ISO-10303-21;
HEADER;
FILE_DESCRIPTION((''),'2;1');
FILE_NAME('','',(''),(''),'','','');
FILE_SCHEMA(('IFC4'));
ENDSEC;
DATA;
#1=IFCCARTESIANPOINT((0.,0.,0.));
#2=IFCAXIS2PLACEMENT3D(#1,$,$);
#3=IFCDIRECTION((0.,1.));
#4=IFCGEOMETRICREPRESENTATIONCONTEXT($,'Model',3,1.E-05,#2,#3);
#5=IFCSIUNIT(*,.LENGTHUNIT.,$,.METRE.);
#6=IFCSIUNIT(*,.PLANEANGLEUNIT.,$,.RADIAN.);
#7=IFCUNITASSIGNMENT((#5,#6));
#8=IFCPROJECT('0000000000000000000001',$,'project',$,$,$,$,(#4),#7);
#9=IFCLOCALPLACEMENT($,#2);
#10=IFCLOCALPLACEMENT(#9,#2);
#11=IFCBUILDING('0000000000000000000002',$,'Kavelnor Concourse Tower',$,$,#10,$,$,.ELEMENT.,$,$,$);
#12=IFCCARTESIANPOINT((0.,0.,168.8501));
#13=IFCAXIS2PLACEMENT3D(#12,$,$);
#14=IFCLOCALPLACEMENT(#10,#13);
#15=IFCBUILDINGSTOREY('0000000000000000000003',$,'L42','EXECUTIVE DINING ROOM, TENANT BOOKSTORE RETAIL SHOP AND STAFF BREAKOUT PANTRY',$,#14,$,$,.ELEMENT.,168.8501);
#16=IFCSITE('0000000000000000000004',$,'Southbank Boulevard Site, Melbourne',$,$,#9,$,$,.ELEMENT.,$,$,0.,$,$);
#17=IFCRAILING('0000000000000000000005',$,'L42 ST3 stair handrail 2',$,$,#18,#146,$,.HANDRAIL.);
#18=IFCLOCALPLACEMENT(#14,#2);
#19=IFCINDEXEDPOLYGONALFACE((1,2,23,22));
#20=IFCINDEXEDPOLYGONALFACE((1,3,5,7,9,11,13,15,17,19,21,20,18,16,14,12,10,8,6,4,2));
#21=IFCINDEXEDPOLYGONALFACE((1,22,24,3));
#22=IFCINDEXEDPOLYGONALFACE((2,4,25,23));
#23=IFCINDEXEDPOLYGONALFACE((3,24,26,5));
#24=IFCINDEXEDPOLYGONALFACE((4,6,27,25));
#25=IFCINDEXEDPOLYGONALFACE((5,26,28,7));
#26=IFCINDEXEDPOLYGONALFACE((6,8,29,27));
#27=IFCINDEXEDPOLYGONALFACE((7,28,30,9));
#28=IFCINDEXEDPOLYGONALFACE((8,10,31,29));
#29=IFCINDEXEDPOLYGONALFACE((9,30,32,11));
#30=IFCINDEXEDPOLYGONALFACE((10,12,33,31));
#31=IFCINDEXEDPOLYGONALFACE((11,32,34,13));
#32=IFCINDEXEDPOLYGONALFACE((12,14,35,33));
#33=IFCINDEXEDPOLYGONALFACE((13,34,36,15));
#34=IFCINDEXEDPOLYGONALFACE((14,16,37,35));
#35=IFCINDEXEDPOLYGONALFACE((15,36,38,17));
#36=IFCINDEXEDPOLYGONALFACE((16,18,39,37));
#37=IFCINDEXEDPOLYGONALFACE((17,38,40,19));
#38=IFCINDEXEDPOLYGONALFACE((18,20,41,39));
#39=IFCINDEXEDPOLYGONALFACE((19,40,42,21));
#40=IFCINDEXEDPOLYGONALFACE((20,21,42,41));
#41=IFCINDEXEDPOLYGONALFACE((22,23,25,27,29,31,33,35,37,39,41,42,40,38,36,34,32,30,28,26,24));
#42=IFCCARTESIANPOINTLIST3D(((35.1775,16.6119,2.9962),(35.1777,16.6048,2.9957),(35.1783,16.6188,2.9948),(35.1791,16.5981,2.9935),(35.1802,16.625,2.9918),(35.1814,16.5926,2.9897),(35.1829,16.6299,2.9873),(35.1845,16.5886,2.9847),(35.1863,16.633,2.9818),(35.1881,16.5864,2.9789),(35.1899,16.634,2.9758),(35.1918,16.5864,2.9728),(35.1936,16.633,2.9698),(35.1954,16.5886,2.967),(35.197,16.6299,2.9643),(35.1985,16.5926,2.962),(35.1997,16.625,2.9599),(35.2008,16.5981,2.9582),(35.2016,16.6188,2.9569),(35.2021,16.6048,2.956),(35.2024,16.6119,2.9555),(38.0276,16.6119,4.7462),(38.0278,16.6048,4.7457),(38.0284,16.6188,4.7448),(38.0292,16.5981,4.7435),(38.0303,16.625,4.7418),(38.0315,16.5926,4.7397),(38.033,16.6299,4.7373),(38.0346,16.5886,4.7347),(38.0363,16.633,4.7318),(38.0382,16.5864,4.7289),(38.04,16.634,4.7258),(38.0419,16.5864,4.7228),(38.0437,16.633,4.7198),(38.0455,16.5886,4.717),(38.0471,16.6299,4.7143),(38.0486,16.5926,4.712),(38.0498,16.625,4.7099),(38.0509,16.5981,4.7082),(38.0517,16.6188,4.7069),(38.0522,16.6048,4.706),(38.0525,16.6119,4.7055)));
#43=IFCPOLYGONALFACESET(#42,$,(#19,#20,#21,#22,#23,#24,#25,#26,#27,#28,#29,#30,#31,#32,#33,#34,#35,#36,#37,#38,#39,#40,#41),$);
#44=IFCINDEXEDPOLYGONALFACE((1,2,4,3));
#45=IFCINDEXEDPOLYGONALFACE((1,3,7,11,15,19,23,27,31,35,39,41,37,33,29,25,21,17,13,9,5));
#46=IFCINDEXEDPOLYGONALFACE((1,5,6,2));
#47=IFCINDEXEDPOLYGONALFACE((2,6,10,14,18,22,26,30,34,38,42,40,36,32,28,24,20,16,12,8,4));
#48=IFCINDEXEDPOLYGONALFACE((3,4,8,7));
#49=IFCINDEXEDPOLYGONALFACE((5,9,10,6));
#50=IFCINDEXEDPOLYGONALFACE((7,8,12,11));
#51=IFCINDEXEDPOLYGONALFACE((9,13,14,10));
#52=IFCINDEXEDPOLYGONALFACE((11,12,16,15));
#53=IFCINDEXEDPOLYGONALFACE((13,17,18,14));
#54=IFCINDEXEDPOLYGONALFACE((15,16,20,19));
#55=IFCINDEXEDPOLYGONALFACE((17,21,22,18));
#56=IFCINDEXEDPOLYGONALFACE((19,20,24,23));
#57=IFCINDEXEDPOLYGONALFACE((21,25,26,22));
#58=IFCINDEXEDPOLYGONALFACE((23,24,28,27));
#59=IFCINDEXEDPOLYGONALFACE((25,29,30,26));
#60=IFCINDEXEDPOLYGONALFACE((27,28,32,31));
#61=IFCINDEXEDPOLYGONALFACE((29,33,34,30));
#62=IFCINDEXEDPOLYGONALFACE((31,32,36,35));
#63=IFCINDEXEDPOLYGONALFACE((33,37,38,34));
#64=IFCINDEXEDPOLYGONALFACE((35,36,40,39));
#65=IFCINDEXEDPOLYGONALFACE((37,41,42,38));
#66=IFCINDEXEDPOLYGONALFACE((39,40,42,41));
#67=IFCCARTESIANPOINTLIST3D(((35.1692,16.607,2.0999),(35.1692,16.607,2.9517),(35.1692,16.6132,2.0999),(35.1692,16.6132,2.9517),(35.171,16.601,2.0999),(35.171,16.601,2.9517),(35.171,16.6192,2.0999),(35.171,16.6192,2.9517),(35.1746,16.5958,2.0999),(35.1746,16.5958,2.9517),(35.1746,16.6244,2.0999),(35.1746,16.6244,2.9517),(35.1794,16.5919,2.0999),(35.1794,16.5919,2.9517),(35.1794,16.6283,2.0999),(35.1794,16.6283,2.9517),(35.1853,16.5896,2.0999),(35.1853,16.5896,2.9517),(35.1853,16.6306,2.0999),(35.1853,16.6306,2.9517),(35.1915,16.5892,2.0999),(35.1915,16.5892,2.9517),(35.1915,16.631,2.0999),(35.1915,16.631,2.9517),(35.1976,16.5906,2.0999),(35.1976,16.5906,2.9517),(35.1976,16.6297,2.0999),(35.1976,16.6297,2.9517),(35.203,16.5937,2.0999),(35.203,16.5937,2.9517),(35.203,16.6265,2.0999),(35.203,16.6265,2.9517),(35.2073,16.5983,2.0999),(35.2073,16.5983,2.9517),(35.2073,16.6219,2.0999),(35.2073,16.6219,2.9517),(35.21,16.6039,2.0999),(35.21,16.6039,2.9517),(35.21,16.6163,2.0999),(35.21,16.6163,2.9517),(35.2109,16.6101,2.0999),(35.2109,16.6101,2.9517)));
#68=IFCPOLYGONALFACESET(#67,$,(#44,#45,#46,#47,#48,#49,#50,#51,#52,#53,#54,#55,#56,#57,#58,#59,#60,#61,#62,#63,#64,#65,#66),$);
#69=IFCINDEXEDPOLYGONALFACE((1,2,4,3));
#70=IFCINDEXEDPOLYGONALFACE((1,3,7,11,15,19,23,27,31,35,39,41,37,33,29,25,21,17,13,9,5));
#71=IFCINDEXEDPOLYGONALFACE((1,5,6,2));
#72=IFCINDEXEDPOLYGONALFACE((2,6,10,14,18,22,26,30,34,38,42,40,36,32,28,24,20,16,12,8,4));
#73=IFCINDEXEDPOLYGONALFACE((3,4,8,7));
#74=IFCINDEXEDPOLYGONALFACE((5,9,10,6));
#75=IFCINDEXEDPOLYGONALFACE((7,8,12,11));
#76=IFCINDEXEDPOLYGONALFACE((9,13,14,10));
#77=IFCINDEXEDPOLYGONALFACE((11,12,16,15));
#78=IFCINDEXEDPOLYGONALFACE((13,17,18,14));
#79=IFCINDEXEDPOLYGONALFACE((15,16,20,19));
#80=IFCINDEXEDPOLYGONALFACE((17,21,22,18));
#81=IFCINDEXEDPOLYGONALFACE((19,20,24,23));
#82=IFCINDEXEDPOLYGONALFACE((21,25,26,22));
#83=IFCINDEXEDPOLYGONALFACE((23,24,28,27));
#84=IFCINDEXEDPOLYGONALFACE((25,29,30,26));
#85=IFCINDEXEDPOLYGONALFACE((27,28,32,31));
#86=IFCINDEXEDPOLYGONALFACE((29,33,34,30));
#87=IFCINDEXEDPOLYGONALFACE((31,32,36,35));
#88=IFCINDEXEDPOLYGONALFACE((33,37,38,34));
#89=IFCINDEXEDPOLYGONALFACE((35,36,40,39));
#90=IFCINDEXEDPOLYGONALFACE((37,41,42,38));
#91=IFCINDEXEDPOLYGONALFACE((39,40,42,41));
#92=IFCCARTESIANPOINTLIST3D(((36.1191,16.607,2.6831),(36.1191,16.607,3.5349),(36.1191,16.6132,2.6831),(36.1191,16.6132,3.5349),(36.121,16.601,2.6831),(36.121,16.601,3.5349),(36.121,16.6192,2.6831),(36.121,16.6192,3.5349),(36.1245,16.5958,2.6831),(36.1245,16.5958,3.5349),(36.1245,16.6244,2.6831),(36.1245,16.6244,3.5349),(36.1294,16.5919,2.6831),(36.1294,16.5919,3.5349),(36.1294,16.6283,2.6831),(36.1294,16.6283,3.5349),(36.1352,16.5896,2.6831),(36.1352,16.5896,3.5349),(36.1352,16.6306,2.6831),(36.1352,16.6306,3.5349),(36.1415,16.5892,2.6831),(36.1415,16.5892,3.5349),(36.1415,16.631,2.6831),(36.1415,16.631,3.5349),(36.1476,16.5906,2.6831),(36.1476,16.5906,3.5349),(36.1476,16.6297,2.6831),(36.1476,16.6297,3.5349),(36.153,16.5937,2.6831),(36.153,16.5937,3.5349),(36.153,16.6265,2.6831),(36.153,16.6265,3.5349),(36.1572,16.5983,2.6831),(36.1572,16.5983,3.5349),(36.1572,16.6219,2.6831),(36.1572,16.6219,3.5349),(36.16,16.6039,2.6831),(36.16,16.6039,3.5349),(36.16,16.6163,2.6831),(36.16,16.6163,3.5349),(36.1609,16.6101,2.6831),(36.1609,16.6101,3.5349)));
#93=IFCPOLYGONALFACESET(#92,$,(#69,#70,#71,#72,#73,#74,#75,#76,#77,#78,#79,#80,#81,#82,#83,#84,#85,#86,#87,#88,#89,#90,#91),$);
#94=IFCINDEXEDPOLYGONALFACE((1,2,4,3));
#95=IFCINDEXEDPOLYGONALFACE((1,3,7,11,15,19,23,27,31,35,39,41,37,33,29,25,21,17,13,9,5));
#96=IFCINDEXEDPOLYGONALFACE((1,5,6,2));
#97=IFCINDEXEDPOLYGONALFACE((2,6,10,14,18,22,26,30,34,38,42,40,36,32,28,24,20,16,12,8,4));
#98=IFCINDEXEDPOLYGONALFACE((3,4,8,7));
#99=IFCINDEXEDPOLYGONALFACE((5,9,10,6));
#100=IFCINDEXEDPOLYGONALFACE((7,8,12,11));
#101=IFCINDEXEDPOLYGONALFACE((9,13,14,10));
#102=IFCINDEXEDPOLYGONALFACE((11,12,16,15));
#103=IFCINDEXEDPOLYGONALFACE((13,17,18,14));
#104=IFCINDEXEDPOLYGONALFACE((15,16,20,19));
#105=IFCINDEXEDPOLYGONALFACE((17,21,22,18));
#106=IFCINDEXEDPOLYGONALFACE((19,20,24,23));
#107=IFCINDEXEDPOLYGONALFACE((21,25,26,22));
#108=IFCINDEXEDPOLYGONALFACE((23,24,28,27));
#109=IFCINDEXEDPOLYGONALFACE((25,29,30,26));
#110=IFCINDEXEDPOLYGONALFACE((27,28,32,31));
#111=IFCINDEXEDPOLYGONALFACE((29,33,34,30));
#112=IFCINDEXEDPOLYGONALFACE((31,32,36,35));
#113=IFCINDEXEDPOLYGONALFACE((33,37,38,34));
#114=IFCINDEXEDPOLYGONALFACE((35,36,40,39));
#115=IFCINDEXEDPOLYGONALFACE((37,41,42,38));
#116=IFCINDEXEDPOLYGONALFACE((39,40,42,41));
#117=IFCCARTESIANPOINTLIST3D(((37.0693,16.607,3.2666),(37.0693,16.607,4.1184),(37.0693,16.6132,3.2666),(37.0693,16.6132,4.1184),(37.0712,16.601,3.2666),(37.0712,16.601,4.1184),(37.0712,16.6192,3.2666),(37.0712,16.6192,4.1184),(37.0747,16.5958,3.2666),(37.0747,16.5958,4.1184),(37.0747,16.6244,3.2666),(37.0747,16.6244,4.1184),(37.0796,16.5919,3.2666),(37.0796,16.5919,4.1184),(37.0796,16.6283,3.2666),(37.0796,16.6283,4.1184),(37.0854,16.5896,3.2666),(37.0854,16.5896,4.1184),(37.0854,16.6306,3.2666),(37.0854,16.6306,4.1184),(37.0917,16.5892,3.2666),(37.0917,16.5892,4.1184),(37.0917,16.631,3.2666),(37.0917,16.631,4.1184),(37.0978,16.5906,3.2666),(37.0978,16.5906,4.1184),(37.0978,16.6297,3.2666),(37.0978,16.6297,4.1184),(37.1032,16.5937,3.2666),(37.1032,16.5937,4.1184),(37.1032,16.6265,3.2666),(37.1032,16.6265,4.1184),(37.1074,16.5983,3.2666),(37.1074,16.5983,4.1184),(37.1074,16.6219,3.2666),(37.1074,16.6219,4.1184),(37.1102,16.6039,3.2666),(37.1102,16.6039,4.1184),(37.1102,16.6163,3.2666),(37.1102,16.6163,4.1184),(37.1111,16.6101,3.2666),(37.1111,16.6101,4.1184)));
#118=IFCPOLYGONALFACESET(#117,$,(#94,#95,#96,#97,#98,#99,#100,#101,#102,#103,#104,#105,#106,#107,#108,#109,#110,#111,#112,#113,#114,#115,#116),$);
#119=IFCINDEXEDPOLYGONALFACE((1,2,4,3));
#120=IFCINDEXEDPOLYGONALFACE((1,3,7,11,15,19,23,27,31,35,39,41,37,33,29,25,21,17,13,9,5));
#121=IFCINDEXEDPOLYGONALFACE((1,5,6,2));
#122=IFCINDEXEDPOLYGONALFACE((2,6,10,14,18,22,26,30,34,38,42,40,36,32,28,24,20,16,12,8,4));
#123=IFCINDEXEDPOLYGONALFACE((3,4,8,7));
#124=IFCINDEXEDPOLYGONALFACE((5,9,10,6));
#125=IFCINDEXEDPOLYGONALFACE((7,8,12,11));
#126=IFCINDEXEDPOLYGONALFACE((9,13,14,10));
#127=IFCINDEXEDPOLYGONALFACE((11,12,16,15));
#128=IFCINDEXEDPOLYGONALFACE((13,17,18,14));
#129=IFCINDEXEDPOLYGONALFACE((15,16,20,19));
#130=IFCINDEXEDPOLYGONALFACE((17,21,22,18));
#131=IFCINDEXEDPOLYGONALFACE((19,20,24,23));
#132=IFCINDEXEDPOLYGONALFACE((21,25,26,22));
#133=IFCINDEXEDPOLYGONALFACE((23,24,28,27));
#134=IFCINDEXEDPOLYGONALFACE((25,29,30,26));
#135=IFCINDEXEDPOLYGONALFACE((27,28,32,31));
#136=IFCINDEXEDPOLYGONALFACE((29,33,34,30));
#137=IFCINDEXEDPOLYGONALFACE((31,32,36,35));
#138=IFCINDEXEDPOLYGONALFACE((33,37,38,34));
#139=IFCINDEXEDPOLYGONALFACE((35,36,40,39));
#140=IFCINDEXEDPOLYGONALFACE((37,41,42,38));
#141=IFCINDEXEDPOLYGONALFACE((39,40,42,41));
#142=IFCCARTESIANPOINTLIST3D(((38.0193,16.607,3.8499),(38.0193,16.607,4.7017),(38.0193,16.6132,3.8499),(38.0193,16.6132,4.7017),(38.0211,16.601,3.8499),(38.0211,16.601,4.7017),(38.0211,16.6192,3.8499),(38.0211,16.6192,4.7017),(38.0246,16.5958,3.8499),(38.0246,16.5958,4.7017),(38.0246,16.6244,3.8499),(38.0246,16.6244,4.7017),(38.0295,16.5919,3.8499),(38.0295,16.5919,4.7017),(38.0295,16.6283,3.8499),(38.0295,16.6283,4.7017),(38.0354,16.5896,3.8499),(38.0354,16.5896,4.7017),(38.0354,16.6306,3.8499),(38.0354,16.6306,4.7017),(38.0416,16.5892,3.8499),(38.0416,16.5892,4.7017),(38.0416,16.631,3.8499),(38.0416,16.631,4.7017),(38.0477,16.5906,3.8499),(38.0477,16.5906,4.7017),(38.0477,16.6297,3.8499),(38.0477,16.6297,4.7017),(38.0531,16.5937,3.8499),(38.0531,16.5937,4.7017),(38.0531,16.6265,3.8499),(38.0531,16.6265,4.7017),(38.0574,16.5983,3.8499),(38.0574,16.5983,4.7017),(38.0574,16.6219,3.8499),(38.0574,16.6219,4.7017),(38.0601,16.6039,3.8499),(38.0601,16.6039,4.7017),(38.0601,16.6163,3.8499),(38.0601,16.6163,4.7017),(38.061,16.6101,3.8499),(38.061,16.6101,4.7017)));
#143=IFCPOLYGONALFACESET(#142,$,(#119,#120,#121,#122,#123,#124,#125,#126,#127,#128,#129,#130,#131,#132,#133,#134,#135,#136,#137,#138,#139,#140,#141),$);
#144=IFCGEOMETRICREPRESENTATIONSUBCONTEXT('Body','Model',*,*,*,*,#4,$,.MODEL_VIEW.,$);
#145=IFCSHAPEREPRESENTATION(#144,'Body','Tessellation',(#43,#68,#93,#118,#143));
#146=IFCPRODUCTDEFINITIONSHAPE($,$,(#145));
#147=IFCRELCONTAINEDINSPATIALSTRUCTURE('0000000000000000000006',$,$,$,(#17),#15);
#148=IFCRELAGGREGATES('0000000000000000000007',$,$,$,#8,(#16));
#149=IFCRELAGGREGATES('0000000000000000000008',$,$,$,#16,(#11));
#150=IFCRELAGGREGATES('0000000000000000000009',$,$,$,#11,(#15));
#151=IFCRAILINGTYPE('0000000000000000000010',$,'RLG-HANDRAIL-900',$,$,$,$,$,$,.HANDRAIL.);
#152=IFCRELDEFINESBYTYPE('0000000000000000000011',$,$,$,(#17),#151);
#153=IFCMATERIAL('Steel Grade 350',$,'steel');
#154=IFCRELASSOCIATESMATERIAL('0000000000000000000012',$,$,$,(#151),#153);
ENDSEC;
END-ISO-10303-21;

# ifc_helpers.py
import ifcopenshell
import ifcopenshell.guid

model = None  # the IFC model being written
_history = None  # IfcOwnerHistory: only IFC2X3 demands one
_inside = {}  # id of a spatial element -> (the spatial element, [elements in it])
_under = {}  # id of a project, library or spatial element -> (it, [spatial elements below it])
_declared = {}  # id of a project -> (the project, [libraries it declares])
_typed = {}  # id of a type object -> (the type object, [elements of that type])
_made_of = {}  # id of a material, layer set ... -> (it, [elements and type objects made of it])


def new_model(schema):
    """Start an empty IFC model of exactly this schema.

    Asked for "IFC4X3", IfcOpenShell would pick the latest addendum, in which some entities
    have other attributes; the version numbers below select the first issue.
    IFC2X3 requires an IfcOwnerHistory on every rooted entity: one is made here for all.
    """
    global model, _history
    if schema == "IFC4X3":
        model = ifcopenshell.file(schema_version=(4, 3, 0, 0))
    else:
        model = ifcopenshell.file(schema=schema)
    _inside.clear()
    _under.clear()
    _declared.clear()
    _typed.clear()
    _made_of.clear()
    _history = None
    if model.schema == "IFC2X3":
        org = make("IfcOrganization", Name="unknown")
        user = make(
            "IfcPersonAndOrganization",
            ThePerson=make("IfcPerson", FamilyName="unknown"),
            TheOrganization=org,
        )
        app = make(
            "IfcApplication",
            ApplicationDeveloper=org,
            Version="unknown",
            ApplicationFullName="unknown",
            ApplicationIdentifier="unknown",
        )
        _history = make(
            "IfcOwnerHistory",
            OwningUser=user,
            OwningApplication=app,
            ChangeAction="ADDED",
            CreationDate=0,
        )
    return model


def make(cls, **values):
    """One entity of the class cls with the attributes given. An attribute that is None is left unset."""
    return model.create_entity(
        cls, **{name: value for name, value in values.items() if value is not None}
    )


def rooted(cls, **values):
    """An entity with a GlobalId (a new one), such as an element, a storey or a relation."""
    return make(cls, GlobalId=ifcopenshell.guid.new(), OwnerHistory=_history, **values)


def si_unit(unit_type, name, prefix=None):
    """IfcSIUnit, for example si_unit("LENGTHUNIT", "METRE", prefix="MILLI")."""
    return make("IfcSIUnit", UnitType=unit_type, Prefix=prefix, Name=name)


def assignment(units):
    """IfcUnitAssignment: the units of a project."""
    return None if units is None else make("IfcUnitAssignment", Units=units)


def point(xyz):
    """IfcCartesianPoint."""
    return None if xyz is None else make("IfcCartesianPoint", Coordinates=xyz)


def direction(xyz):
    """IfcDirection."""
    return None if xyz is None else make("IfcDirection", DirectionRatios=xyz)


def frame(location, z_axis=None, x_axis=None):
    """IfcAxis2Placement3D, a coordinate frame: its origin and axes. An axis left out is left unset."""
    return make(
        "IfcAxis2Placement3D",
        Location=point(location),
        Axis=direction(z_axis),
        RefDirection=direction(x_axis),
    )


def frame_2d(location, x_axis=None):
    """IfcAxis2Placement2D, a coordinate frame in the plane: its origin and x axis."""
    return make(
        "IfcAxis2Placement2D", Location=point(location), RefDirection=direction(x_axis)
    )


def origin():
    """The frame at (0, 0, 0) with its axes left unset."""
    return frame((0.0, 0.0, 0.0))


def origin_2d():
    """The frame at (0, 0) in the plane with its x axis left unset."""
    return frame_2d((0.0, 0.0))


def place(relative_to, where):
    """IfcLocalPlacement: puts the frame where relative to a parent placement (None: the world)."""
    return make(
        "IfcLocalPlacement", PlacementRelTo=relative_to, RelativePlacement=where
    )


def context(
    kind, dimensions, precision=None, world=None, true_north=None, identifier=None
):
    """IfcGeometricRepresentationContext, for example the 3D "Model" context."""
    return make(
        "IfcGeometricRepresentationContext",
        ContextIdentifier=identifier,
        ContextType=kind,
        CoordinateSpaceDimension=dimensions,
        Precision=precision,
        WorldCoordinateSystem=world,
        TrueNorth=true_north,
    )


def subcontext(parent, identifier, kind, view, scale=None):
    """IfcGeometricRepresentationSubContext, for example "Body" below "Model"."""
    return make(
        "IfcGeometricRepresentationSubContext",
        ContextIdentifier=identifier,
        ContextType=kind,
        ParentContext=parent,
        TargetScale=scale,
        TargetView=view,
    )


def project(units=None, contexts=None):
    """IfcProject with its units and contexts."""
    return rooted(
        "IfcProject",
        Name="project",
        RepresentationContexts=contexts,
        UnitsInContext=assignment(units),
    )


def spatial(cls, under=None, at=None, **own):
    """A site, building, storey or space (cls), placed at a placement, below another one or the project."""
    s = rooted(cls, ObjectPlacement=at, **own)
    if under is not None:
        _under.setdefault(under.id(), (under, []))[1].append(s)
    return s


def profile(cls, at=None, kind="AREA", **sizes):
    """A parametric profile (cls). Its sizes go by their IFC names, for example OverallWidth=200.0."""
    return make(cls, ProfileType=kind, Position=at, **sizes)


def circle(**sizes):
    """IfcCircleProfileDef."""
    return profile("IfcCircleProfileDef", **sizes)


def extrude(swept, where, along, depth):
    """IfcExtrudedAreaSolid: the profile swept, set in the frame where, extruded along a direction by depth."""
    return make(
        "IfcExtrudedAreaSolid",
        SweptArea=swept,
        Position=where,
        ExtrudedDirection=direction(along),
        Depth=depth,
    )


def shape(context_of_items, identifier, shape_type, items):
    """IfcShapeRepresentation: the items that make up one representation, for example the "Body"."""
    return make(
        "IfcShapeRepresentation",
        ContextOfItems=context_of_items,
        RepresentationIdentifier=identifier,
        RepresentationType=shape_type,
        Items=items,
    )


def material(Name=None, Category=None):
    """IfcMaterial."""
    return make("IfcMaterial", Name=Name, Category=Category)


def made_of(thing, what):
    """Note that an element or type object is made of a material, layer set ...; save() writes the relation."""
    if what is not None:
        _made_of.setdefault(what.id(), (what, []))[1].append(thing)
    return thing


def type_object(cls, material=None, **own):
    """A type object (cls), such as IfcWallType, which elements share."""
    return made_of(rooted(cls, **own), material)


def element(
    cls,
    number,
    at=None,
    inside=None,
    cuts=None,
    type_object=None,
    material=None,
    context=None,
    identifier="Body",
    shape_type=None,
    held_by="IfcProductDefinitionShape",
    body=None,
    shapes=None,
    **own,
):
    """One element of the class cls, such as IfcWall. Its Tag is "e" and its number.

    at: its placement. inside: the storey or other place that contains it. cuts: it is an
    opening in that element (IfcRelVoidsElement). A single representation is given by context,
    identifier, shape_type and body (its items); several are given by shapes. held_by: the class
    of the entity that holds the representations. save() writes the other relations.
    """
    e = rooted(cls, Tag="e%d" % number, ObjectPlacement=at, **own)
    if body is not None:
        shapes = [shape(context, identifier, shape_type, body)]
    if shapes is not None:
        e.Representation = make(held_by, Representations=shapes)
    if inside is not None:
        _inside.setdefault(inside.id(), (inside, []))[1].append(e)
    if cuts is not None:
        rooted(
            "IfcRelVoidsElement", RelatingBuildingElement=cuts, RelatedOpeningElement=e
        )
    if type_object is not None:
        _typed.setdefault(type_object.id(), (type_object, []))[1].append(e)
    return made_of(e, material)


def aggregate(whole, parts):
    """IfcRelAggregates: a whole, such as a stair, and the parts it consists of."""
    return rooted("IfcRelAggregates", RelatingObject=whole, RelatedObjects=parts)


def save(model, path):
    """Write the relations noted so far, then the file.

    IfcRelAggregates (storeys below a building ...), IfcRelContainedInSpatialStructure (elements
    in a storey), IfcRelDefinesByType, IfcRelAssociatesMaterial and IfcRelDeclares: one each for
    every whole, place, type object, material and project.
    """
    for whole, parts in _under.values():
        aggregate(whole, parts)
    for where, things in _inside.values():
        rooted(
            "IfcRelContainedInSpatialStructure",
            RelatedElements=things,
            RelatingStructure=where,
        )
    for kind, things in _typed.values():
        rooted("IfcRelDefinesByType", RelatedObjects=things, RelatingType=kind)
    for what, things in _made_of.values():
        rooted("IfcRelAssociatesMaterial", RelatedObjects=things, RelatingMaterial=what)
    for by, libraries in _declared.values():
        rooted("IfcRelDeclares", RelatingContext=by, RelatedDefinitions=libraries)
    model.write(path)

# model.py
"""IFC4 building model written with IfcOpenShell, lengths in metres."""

from ifc_helpers import new_model, si_unit, direction, frame, origin, origin_2d, place, context, subcontext, project, spatial, circle, extrude, material, type_object, element, save


model = new_model("IFC4")

# Units and contexts
model_context = context("Model", 3, precision=1e-05, world=origin(), true_north=direction((0.0, 1.0)))
body_context = subcontext(model_context, "Body", "Model", "MODEL_VIEW")
ifc_project = project(units=[si_unit("LENGTHUNIT", "METRE"), si_unit("PLANEANGLEUNIT", "RADIAN")], contexts=[model_context])

# Site, building, storey
site_placement = place(None, origin())
site = spatial("IfcSite", under=ifc_project, at=site_placement, Name="Southbank Boulevard Site, Melbourne", CompositionType="ELEMENT", RefElevation=0.0)
building_placement = place(site_placement, origin())
building = spatial("IfcBuilding", under=site, at=building_placement, Name="Kavelnor Concourse Tower", CompositionType="ELEMENT")
storey_placement = place(building_placement, frame((0.0, 0.0, 168.8501)))
storey = spatial("IfcBuildingStorey", under=building, at=storey_placement, Name="L42", Description="EXECUTIVE DINING ROOM, TENANT BOOKSTORE RETAIL SHOP AND STAFF BREAKOUT PANTRY", CompositionType="ELEMENT", Elevation=168.8501)

# Shared definitions
ifc_material_1 = material(Name="Steel Grade 350", Category="steel")

# Railing
railing_type_1 = type_object("IfcRailingType", Name="RLG-HANDRAIL-900", PredefinedType="HANDRAIL", material=ifc_material_1)
railing_1_placement = place(storey_placement, frame((35.1899, 16.6101, 2.0999)))
element("IfcRailing", 1, at=railing_1_placement, inside=storey, type_object=railing_type_1, Name="L42 ST3 stair handrail 2", PredefinedType="HANDRAIL", context=body_context, shape_type="SweptSolid", body=[
    extrude(circle(Radius=0.0239, at=origin_2d()), frame((0.0, 0.0, 0.876), z_axis=(0.852179, 0.0, 0.52325), x_axis=(0.0, 1.0, 0.0)), (0.0, 0.0, 1.0), 3.3445),
    extrude(circle(Radius=0.021, at=origin_2d()), origin(), (0.0, 0.0, 1.0), 0.8518),
    extrude(circle(Radius=0.021, at=origin_2d()), frame((0.95, 0.0, 0.5833)), (0.0, 0.0, 1.0), 0.8518),
    extrude(circle(Radius=0.021, at=origin_2d()), frame((1.9001, 0.0, 1.1667)), (0.0, 0.0, 1.0), 0.8518),
    extrude(circle(Radius=0.021, at=origin_2d()), frame((2.8501, 0.0, 1.75)), (0.0, 0.0, 1.0), 0.8518),
])

save(model, "model.ifc")
